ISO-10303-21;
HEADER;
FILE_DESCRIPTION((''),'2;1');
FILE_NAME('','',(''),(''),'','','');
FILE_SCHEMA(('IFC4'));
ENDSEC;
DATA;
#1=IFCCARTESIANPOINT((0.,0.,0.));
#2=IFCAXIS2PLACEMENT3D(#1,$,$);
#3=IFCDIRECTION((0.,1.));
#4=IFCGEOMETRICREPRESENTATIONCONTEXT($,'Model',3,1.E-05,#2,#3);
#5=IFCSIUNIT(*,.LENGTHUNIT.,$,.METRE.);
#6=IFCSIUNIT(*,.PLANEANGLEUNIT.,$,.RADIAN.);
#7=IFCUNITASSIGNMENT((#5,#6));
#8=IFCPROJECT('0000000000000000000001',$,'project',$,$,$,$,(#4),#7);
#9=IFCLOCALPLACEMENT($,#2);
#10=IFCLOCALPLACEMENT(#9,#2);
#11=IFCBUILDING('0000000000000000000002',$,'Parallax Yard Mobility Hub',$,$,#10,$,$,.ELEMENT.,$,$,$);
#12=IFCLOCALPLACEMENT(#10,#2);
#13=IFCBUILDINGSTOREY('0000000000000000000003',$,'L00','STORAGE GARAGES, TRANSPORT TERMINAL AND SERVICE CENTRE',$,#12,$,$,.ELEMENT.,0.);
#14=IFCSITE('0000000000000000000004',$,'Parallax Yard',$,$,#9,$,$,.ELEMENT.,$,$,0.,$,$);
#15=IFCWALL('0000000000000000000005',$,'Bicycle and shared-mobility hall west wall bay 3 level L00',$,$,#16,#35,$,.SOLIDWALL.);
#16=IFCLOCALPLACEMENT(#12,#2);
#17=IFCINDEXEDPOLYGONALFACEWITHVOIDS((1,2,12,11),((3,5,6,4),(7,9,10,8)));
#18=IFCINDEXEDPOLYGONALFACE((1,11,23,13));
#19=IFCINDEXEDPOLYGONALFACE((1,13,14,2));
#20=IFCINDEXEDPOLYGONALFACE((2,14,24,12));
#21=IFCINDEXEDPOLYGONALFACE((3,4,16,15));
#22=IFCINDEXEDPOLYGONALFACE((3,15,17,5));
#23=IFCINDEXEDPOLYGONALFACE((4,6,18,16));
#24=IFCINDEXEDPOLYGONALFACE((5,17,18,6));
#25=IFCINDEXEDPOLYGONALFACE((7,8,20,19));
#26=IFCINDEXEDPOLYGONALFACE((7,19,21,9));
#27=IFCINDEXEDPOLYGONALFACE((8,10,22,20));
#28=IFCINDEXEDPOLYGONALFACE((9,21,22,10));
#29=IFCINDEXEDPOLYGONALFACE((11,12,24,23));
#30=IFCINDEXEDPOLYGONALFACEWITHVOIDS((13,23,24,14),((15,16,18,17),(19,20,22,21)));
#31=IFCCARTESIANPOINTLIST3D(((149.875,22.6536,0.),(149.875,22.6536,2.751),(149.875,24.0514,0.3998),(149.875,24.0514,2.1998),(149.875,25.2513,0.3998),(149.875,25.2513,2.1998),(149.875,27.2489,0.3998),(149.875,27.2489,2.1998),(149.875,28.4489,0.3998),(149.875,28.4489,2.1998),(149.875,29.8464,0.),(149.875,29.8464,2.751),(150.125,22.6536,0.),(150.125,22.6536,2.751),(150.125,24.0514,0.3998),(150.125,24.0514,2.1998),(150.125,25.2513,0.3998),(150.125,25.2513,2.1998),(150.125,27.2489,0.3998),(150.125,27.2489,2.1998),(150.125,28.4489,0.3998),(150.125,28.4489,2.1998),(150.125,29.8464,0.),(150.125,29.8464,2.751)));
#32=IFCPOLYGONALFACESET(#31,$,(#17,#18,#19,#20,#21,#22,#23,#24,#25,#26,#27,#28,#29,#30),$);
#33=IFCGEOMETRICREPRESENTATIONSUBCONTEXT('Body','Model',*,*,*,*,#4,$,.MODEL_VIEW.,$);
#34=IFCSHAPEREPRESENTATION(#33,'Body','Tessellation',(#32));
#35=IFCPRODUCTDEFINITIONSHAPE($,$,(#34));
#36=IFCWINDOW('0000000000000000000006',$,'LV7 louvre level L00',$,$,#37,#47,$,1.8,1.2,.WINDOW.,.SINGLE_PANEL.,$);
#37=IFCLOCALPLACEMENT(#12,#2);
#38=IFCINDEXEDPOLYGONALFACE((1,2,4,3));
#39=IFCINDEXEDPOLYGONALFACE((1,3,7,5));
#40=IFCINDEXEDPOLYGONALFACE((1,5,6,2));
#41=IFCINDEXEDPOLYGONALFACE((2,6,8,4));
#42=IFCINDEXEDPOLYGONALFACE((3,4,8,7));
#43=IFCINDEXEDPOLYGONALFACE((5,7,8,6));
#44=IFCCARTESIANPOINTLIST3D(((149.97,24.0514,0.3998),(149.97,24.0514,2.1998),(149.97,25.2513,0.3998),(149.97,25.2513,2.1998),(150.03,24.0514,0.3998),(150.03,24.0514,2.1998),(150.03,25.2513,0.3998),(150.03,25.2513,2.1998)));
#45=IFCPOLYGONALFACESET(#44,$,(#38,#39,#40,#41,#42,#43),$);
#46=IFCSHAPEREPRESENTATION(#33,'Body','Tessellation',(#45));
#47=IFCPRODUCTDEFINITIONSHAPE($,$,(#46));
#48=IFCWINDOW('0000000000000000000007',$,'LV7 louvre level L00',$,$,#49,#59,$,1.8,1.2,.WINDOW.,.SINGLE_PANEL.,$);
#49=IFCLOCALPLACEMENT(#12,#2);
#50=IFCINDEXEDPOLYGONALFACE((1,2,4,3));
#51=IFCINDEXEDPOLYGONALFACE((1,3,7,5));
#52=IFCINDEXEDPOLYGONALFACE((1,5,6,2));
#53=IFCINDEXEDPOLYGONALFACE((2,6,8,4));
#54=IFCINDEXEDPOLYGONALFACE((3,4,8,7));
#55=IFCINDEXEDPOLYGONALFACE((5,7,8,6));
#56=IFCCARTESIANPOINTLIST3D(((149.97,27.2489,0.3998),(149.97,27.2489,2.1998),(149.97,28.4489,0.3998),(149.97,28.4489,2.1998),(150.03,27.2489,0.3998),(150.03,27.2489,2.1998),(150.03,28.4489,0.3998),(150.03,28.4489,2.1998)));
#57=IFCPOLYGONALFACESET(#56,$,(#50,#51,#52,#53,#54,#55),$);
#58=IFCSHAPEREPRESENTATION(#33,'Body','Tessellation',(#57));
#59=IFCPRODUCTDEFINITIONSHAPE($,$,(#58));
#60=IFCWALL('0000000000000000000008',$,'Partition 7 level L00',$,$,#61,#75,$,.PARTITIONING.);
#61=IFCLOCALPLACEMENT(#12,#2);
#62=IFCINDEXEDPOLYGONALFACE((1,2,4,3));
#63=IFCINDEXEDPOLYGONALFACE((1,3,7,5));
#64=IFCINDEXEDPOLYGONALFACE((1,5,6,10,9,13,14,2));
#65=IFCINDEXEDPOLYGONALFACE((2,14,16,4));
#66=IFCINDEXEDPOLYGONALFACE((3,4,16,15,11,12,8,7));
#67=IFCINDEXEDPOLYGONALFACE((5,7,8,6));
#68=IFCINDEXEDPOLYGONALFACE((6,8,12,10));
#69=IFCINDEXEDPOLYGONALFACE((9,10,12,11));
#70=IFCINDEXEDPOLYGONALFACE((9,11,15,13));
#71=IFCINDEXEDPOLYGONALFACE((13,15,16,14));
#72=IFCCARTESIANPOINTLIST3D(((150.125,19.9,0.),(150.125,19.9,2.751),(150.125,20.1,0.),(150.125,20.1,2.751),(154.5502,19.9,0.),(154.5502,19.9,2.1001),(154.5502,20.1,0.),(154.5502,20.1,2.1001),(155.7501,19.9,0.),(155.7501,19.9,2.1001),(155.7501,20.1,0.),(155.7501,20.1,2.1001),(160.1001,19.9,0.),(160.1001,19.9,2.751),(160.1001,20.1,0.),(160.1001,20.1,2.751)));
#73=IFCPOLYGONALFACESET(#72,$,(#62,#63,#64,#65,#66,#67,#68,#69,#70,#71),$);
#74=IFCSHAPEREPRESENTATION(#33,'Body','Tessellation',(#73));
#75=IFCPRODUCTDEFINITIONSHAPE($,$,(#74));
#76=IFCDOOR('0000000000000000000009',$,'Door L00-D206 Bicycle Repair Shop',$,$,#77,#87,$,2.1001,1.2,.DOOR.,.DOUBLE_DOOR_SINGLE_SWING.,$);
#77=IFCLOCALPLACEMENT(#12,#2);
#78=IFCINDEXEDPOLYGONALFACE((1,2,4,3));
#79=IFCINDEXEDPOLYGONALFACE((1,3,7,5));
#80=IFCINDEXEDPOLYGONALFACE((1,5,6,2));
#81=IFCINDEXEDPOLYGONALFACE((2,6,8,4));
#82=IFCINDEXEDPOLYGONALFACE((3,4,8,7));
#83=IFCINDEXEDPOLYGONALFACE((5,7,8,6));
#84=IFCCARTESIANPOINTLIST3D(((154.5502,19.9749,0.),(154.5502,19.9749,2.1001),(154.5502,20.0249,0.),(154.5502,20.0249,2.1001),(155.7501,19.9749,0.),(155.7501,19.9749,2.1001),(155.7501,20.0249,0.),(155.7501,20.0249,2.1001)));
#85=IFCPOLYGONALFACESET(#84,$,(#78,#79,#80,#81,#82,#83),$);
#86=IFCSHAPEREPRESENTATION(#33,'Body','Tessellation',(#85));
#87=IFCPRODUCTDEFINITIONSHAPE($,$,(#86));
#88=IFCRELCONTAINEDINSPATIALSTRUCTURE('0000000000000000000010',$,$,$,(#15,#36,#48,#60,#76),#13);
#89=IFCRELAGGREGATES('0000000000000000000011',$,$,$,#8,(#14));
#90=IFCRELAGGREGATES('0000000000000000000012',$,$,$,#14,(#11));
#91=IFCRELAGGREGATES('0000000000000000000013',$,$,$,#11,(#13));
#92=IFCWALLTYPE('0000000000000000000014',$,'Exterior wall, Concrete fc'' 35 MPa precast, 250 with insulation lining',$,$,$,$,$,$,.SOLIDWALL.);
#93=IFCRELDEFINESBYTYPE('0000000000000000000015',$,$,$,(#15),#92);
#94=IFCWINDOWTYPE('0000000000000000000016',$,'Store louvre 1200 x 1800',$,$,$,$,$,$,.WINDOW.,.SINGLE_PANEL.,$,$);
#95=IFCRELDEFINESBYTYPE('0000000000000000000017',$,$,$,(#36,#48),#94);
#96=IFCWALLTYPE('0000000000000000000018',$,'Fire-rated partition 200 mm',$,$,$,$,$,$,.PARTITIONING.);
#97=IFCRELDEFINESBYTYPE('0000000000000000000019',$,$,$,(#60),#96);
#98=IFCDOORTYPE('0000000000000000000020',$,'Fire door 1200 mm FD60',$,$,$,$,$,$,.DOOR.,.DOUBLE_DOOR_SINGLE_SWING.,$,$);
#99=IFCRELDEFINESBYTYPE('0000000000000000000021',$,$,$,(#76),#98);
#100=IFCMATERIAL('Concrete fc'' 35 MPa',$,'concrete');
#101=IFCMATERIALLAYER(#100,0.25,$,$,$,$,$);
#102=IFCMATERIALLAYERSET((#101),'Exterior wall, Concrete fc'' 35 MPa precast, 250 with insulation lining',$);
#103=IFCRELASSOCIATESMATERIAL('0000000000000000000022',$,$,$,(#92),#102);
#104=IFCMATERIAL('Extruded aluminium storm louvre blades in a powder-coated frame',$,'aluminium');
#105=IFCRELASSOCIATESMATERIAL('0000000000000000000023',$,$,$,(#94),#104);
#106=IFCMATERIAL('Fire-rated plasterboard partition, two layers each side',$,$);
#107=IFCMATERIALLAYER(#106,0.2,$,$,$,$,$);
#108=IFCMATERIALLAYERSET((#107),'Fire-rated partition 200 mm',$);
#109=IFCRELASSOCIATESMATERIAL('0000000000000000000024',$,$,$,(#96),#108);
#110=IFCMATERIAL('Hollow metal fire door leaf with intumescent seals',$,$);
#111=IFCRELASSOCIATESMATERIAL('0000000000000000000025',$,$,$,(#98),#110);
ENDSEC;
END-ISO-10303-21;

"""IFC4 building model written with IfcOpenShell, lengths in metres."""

from ifc_helpers import new_model, si_unit, direction, frame, frame_2d, origin, place, context, subcontext, project, spatial, rectangle, extrude, material, layer, layer_set, type_object, element, fill, save


model = new_model("IFC4")

# Units and contexts
model_context = context("Model", 3, precision=1e-05, world=origin(), true_north=direction((0.0, 1.0)))
body_context = subcontext(model_context, "Body", "Model", "MODEL_VIEW")
ifc_project = project(units=[si_unit("LENGTHUNIT", "METRE"), si_unit("PLANEANGLEUNIT", "RADIAN")], contexts=[model_context])

# Site, building, storey
site_placement = place(None, origin())
site = spatial("IfcSite", under=ifc_project, at=site_placement, Name="Parallax Yard", CompositionType="ELEMENT", RefElevation=0.0)
building_placement = place(site_placement, origin())
building = spatial("IfcBuilding", under=site, at=building_placement, Name="Parallax Yard Mobility Hub", CompositionType="ELEMENT")
storey_placement = place(building_placement, origin())
storey = spatial("IfcBuildingStorey", under=building, at=storey_placement, Name="L00", Description="STORAGE GARAGES, TRANSPORT TERMINAL AND SERVICE CENTRE", CompositionType="ELEMENT", Elevation=0.0)

# Shared definitions
ifc_material_1 = material(Name="Concrete fc' 35 MPa", Category="concrete")
ifc_layer_1 = layer(ifc_material_1, 0.25)
ifc_layer_set_1 = layer_set([ifc_layer_1], Name="Exterior wall, Concrete fc' 35 MPa precast, 250 with insulation lining")
wall_type_1 = type_object("IfcWallType", Name="Exterior wall, Concrete fc' 35 MPa precast, 250 with insulation lining", PredefinedType="SOLIDWALL", material=ifc_layer_set_1)

# Wall, openings, windows
wall_1_placement = place(storey_placement, frame((150.0, 22.6536, 0.0), z_axis=(0.0, 0.0, 1.0), x_axis=(0.0, 1.0, 0.0)))
wall_1 = element("IfcWall", 1, at=wall_1_placement, inside=storey, type_object=wall_type_1, Name="Bicycle and shared-mobility hall west wall bay 3 level L00", PredefinedType="SOLIDWALL", context=body_context, shape_type="SweptSolid", body=[
    extrude(rectangle(XDim=7.1929, YDim=0.25, at=frame_2d((3.5964, 0.0))), origin(), (0.0, 0.0, 1.0), 2.751),
])
opening_1_placement = place(wall_1_placement, frame((1.3977, 0.0, 0.3999)))
opening_1 = element("IfcOpeningElement", 2, at=opening_1_placement, cuts=wall_1, PredefinedType="OPENING", context=body_context, shape_type="SweptSolid", body=[
    extrude(rectangle(XDim=1.2, YDim=1.8, at=frame_2d((0.6001, 0.8999))), frame((0.0, 0.135, 0.0), z_axis=(0.0, -1.0, 0.0), x_axis=(1.0, 0.0, 0.0)), (0.0, 0.0, 1.0), 0.27),
])
opening_2_placement = place(wall_1_placement, frame((4.5952, 0.0, 0.3999)))
opening_2 = element("IfcOpeningElement", 3, at=opening_2_placement, cuts=wall_1, PredefinedType="OPENING", context=body_context, shape_type="SweptSolid", body=[
    extrude(rectangle(XDim=1.2, YDim=1.8, at=frame_2d((0.6001, 0.8999))), frame((0.0, 0.135, 0.0), z_axis=(0.0, -1.0, 0.0), x_axis=(1.0, 0.0, 0.0)), (0.0, 0.0, 1.0), 0.27),
])
ifc_material_2 = material(Name="Extruded aluminium storm louvre blades in a powder-coated frame", Category="aluminium")
window_type = type_object("IfcWindowType", Name="Store louvre 1200 x 1800", PartitioningType="SINGLE_PANEL", PredefinedType="WINDOW", material=ifc_material_2)
window_1_placement = place(opening_1_placement, origin())
window_1 = element("IfcWindow", 4, at=window_1_placement, inside=storey, type_object=window_type, Name="LV7 louvre level L00", OverallHeight=1.8, OverallWidth=1.2, PartitioningType="SINGLE_PANEL", PredefinedType="WINDOW", context=body_context, shape_type="SweptSolid", body=[
    extrude(rectangle(XDim=1.2, YDim=1.8, at=frame_2d((0.6001, 0.8999))), frame((0.0, 0.03, 0.0), z_axis=(0.0, -1.0, 0.0), x_axis=(1.0, 0.0, 0.0)), (0.0, 0.0, 1.0), 0.0601),
])
fill(opening_1, window_1)
window_2_placement = place(opening_2_placement, origin())
window_2 = element("IfcWindow", 5, at=window_2_placement, inside=storey, type_object=window_type, Name="LV7 louvre level L00", OverallHeight=1.8, OverallWidth=1.2, PartitioningType="SINGLE_PANEL", PredefinedType="WINDOW", context=body_context, shape_type="SweptSolid", body=[
    extrude(rectangle(XDim=1.2, YDim=1.8, at=frame_2d((0.6001, 0.8999))), frame((0.0, 0.03, 0.0), z_axis=(0.0, -1.0, 0.0), x_axis=(1.0, 0.0, 0.0)), (0.0, 0.0, 1.0), 0.0601),
])
fill(opening_2, window_2)

# Wall, opening, door
ifc_material_3 = material(Name="Fire-rated plasterboard partition, two layers each side")
ifc_layer_2 = layer(ifc_material_3, 0.2)
ifc_layer_set_2 = layer_set([ifc_layer_2], Name="Fire-rated partition 200 mm")
wall_type_2 = type_object("IfcWallType", Name="Fire-rated partition 200 mm", PredefinedType="PARTITIONING", material=ifc_layer_set_2)
wall_2_placement = place(storey_placement, frame((150.125, 20.0, 0.0), z_axis=(0.0, 0.0, 1.0), x_axis=(1.0, 0.0, 0.0)))
wall_2 = element("IfcWall", 6, at=wall_2_placement, inside=storey, type_object=wall_type_2, Name="Partition 7 level L00", PredefinedType="PARTITIONING", context=body_context, shape_type="SweptSolid", body=[
    extrude(rectangle(XDim=9.9751, YDim=0.2, at=frame_2d((4.9875, 0.0))), origin(), (0.0, 0.0, 1.0), 2.751),
])
opening_3_placement = place(wall_2_placement, frame((4.425, 0.0, 0.0)))
opening_3 = element("IfcOpeningElement", 7, at=opening_3_placement, cuts=wall_2, PredefinedType="OPENING", context=body_context, shape_type="SweptSolid", body=[
    extrude(rectangle(XDim=1.2, YDim=2.1001, at=frame_2d((0.6001, 1.05))), frame((0.0, 0.1099, 0.0), z_axis=(0.0, -1.0, 0.0), x_axis=(1.0, 0.0, 0.0)), (0.0, 0.0, 1.0), 0.22),
])
ifc_material_4 = material(Name="Hollow metal fire door leaf with intumescent seals")
door_type_1 = type_object("IfcDoorType", Name="Fire door 1200 mm FD60", OperationType="DOUBLE_DOOR_SINGLE_SWING", PredefinedType="DOOR", material=ifc_material_4)
door_1_placement = place(opening_3_placement, origin())
door_1 = element("IfcDoor", 8, at=door_1_placement, inside=storey, type_object=door_type_1, Name="Door L00-D206 Bicycle Repair Shop", OperationType="DOUBLE_DOOR_SINGLE_SWING", OverallHeight=2.1001, OverallWidth=1.2, PredefinedType="DOOR", context=body_context, shape_type="SweptSolid", body=[
    extrude(rectangle(XDim=1.2, YDim=2.1001, at=frame_2d((0.6001, 1.05))), frame((0.0, 0.0249, 0.0), z_axis=(0.0, -1.0, 0.0), x_axis=(1.0, 0.0, 0.0)), (0.0, 0.0, 1.0), 0.05),
])
fill(opening_3, door_1)

save(model, "model.ifc")
